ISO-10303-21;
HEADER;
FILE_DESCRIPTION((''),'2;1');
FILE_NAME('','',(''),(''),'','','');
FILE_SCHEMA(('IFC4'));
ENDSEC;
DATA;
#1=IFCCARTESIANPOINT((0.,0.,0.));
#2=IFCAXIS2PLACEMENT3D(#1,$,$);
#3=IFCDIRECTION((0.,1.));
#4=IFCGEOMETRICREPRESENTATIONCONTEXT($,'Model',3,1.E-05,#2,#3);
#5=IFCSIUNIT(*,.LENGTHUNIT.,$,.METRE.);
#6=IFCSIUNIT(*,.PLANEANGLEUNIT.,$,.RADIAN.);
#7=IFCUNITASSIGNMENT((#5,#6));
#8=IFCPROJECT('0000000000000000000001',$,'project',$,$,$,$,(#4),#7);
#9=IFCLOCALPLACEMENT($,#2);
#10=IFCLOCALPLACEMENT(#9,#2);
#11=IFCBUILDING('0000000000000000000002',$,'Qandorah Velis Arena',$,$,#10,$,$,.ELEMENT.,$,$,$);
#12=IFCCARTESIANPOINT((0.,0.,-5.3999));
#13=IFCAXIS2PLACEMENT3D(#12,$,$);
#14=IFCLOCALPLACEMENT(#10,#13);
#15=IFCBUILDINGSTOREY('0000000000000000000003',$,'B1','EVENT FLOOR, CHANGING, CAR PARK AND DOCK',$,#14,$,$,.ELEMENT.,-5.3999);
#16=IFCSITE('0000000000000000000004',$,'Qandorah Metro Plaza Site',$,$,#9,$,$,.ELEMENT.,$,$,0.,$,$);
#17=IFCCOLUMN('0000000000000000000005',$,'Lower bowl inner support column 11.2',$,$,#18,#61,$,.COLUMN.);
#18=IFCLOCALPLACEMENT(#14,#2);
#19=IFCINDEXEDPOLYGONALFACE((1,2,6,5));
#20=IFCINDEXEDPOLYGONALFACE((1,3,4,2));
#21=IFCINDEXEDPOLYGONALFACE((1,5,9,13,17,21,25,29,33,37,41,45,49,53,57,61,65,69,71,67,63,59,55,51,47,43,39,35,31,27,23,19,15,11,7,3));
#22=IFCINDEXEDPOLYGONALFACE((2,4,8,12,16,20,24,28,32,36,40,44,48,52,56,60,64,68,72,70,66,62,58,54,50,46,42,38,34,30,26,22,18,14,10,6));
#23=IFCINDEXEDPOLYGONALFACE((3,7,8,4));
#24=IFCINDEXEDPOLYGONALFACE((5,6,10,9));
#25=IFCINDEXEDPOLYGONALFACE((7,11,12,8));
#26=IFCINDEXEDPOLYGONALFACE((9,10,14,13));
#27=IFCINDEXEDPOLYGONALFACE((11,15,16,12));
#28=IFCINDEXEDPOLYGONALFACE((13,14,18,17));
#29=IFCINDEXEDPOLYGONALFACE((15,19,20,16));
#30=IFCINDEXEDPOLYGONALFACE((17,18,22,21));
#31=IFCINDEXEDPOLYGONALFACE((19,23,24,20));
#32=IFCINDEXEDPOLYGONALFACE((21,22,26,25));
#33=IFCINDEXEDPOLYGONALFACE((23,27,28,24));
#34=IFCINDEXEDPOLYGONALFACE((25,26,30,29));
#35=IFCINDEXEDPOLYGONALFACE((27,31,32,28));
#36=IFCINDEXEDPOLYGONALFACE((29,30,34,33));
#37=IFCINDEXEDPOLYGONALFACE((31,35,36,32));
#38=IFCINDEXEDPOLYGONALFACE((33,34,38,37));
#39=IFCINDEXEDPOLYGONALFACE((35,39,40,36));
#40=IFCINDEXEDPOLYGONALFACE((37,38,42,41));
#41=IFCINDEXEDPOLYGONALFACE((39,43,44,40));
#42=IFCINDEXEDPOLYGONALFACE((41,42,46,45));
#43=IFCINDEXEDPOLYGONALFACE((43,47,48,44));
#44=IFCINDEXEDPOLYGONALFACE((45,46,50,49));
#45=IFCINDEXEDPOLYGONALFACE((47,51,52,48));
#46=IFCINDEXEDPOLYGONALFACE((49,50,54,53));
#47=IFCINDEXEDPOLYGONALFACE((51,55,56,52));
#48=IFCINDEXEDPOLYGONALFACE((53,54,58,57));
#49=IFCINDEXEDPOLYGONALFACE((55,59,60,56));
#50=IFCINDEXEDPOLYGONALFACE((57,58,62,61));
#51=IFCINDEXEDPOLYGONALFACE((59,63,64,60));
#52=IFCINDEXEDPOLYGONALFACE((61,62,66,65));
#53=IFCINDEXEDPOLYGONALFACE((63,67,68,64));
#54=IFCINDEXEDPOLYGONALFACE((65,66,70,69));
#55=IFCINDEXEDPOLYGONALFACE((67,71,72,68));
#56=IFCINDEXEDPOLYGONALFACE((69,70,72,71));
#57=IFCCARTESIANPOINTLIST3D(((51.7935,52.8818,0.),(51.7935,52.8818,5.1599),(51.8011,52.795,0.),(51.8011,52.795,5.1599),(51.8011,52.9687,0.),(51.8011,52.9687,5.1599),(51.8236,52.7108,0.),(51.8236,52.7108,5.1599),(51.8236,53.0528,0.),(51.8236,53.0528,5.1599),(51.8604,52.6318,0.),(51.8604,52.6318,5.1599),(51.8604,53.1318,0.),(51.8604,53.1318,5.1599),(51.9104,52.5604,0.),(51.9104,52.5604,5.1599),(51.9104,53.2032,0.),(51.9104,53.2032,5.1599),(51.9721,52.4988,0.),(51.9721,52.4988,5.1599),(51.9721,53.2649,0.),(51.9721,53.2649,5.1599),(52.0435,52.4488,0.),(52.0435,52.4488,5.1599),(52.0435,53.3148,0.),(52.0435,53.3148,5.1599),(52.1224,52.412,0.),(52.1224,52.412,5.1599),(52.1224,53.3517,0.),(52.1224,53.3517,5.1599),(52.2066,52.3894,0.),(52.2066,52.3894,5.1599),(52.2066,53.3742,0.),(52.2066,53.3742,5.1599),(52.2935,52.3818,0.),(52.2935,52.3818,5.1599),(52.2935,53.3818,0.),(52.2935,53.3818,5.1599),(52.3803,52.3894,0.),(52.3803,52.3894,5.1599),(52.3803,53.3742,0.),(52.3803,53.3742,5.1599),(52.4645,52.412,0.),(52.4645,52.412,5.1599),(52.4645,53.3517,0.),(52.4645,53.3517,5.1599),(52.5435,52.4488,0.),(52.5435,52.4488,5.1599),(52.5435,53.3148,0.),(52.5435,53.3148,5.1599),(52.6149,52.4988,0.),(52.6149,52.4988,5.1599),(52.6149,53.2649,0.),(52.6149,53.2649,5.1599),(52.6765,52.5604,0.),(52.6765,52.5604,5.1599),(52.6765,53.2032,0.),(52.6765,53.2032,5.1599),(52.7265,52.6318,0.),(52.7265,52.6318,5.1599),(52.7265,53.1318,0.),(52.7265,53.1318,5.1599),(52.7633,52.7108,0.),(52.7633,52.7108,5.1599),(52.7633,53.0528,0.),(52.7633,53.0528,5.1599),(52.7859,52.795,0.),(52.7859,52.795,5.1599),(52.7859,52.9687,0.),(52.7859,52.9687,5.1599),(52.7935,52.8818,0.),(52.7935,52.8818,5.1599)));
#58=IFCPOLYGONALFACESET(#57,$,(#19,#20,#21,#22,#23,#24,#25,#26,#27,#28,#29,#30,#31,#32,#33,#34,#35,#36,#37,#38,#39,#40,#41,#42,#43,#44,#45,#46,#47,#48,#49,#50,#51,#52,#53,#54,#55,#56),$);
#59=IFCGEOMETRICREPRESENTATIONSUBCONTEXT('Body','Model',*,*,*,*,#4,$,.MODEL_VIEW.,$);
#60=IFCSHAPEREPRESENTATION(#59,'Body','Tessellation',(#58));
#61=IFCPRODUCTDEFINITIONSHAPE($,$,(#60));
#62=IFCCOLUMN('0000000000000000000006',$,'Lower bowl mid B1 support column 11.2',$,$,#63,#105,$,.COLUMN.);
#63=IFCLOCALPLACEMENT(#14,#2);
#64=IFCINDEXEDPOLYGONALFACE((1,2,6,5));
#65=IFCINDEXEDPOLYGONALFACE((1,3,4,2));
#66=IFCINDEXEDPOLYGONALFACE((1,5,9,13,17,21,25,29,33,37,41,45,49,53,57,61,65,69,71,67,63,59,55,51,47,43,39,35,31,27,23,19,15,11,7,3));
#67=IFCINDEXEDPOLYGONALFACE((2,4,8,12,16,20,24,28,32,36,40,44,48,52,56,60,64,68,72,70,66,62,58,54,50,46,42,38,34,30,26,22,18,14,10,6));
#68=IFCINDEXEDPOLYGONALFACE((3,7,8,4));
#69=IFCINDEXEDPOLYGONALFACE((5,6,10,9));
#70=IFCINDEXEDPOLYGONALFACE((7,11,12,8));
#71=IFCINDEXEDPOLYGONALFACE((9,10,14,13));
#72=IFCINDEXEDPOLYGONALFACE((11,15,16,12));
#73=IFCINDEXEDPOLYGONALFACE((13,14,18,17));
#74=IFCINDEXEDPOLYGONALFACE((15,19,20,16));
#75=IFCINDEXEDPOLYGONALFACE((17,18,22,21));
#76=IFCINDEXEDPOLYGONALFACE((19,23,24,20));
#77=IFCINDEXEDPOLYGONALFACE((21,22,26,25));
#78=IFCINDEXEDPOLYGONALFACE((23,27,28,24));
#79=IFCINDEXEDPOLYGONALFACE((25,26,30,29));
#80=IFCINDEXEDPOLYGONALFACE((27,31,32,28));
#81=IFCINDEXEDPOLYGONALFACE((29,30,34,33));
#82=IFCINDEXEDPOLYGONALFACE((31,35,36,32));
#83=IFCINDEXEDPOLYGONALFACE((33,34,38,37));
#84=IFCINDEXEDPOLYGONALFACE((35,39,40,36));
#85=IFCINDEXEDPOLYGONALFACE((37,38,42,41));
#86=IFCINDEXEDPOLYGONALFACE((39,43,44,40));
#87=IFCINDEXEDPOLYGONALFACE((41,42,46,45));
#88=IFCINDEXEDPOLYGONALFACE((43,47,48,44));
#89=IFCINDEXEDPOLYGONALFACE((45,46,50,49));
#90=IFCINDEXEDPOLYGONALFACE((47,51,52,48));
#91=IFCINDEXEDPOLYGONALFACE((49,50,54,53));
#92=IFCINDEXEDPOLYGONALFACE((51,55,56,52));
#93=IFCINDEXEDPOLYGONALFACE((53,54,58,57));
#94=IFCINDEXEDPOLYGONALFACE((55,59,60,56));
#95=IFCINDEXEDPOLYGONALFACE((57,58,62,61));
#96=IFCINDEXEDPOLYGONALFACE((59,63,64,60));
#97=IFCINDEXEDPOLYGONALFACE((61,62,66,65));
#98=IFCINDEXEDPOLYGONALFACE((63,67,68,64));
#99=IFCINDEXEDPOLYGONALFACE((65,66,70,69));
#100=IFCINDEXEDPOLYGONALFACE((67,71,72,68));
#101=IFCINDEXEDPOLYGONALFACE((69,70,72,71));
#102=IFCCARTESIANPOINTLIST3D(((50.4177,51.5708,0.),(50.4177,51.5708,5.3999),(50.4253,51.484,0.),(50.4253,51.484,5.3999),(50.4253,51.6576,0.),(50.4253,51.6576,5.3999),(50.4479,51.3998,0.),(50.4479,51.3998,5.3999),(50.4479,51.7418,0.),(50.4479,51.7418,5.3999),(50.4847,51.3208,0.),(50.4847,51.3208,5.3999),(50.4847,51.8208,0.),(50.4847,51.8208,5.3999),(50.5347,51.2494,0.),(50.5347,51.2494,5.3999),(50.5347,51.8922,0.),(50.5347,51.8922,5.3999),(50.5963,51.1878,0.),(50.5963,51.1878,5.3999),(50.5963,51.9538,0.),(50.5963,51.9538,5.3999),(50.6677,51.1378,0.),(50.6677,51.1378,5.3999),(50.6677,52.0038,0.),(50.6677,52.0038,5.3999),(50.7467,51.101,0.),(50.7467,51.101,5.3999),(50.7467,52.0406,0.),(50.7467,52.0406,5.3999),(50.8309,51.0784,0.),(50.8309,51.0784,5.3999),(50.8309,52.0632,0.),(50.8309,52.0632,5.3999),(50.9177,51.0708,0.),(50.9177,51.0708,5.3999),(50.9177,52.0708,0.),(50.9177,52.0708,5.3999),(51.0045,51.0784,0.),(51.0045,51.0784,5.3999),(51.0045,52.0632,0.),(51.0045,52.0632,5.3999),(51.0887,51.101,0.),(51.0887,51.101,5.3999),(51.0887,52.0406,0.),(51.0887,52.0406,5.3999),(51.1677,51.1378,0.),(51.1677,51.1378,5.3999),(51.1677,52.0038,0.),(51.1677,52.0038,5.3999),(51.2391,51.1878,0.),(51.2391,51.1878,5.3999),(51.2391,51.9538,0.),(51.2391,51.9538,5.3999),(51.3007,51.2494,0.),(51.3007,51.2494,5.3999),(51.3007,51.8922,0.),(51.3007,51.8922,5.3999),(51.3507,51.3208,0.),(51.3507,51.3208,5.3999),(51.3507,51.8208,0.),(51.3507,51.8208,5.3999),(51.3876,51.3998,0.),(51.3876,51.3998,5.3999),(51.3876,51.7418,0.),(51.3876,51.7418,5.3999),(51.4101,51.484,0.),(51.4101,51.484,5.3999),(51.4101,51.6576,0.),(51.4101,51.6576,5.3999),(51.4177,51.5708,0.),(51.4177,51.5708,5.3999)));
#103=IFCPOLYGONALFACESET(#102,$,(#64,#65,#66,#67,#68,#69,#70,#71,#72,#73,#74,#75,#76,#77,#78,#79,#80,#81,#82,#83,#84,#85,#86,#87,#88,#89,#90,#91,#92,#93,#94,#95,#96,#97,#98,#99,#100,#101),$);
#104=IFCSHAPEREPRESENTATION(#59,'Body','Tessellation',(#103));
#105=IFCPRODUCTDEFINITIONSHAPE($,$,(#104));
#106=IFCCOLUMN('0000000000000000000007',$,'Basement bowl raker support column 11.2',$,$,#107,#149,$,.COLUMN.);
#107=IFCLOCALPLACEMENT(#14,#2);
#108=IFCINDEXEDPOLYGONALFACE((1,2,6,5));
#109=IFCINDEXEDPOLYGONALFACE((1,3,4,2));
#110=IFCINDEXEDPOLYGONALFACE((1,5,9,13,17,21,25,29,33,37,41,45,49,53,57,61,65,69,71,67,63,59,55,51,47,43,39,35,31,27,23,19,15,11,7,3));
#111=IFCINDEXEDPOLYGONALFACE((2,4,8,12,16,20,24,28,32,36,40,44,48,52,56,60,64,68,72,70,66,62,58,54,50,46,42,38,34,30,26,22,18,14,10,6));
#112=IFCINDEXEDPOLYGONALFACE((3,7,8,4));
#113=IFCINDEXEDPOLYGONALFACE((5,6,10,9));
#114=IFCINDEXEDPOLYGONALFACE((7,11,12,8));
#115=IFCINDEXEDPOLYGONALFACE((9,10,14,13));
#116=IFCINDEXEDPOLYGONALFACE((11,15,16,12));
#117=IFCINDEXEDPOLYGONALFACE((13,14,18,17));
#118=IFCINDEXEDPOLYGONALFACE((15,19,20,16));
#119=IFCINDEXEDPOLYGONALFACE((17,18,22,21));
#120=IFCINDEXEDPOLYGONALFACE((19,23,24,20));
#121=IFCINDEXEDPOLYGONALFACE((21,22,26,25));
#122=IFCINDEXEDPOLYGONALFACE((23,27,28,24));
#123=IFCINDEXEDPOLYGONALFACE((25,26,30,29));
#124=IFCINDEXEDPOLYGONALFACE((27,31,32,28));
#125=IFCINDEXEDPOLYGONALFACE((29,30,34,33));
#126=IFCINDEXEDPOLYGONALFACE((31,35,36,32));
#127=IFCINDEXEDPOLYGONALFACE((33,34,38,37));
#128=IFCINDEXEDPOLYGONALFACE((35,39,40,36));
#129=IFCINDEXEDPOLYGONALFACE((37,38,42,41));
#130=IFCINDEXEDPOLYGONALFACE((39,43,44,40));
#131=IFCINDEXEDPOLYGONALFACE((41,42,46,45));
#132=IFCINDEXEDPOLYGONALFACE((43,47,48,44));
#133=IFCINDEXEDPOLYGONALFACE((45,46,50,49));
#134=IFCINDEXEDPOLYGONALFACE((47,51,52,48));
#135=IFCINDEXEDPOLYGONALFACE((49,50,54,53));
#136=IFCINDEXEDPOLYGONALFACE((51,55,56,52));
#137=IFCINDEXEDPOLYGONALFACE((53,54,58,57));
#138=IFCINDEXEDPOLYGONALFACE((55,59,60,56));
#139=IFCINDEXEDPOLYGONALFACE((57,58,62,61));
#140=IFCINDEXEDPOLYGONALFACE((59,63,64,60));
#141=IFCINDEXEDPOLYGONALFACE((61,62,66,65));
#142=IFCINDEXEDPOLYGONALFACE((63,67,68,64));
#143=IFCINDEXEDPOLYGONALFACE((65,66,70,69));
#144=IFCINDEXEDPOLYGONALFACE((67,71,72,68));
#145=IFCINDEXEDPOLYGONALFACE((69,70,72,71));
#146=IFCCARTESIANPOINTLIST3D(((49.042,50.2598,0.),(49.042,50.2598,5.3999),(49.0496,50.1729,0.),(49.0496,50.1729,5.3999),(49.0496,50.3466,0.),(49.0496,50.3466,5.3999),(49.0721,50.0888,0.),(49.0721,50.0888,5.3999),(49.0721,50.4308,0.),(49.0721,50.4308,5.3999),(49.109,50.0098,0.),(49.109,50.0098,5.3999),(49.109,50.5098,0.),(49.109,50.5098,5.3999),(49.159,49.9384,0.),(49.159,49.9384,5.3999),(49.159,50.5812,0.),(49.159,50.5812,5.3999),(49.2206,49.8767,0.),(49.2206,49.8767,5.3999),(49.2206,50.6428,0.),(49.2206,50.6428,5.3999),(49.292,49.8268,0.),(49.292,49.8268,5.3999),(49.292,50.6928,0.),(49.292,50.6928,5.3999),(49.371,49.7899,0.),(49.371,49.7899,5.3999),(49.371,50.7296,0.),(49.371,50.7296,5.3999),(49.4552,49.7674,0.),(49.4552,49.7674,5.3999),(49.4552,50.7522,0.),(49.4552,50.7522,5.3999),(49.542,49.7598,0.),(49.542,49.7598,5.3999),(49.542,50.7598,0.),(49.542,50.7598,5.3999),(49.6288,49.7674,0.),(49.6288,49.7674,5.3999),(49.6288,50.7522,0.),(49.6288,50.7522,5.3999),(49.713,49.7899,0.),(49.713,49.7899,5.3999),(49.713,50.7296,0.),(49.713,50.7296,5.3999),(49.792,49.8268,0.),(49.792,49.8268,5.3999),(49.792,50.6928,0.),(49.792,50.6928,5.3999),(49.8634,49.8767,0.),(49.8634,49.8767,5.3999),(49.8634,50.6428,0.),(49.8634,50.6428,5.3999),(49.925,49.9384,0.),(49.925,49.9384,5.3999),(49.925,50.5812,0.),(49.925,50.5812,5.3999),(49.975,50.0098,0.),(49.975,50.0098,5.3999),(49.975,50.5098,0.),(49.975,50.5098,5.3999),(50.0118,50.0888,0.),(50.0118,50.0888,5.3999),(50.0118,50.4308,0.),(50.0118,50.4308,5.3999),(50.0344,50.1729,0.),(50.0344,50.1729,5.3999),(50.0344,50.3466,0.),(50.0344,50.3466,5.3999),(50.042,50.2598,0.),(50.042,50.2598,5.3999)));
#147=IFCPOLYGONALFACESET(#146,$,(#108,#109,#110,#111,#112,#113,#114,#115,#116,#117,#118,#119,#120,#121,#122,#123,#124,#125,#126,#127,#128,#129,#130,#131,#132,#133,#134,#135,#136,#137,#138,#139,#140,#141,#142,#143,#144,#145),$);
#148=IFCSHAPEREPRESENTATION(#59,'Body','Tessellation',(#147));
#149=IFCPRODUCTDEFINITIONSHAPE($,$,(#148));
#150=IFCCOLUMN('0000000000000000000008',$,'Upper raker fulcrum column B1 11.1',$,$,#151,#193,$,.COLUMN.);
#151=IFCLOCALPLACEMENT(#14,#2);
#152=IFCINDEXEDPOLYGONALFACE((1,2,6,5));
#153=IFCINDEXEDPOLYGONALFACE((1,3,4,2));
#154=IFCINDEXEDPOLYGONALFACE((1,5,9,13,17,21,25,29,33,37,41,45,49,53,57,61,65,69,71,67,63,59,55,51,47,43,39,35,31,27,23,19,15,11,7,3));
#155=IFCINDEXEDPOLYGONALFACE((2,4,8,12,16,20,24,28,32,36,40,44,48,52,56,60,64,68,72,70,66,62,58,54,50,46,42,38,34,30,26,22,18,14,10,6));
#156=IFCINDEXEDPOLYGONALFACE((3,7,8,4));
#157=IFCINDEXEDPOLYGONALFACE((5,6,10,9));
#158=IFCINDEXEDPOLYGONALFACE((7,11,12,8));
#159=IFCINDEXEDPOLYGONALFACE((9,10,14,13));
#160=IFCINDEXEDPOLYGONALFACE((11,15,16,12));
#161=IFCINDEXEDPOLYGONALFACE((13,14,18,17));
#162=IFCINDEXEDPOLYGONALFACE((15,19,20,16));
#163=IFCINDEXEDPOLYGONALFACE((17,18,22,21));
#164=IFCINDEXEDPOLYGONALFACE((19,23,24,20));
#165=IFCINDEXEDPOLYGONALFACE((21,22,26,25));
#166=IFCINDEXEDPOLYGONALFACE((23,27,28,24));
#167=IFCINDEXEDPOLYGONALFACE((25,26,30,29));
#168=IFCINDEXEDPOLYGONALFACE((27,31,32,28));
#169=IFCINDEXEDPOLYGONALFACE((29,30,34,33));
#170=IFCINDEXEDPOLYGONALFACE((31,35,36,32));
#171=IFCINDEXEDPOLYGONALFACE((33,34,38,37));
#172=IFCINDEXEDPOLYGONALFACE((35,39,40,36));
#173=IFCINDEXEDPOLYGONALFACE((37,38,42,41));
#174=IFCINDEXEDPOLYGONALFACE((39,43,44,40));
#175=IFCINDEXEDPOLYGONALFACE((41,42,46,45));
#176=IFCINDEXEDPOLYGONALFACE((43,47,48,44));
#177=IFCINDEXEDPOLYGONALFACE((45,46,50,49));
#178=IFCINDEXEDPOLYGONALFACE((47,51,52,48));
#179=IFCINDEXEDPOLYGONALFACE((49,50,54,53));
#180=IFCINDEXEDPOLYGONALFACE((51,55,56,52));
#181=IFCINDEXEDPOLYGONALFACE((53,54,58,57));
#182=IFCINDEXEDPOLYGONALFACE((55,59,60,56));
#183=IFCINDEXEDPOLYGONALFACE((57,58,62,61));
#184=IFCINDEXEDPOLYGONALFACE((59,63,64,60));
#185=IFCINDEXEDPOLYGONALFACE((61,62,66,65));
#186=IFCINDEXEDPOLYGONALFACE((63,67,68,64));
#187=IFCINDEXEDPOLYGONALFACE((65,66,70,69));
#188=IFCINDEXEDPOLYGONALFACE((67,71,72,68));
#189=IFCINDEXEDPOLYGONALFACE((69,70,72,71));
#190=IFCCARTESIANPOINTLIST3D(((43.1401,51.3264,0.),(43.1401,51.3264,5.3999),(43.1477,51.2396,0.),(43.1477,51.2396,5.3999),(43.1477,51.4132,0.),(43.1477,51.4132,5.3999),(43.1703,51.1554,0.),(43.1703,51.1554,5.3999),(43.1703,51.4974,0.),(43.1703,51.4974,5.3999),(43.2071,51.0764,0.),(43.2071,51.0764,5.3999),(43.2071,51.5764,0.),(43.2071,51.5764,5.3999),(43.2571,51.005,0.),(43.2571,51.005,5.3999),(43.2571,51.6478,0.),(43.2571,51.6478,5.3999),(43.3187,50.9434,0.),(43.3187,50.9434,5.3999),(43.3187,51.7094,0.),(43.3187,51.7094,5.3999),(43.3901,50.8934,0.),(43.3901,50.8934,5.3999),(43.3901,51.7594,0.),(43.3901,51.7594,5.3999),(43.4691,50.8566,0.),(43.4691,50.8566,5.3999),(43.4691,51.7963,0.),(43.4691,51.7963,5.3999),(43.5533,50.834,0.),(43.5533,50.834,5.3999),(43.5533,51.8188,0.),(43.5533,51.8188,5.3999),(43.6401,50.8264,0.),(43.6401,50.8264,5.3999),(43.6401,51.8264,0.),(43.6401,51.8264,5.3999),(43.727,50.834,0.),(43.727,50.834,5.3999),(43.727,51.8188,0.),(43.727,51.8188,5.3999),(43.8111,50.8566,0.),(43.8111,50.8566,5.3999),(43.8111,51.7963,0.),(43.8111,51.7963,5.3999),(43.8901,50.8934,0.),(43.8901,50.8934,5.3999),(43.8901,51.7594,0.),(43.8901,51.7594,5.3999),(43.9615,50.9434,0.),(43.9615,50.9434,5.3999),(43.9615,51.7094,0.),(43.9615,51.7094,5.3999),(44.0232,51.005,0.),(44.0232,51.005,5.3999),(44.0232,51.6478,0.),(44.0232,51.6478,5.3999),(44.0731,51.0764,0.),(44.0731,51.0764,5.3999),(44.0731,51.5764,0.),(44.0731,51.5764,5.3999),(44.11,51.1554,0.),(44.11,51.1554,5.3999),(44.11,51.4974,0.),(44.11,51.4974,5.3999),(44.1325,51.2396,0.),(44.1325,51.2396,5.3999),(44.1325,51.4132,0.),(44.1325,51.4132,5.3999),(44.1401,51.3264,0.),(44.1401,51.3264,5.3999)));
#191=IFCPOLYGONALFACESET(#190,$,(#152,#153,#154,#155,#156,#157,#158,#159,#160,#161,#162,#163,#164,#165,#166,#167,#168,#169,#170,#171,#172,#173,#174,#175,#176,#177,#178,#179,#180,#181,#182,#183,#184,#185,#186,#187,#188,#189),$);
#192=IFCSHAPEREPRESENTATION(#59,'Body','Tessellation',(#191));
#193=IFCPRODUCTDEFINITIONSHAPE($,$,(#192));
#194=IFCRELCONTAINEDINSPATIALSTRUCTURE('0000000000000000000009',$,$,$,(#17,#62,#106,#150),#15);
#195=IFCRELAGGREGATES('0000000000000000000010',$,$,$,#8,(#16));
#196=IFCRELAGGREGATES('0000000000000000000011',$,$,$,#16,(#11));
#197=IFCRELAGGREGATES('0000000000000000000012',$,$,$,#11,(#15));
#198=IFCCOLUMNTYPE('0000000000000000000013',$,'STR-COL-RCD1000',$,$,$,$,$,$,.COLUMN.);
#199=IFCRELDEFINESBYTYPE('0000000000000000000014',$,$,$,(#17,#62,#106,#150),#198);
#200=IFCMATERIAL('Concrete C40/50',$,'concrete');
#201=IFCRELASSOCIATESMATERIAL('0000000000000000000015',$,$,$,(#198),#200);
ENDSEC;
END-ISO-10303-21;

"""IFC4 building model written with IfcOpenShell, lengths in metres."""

from ifc_helpers import new_model, si_unit, direction, frame, origin, origin_2d, place, context, subcontext, project, spatial, circle, extrude, material, material_profile, profile_set, type_object, element, save


model = new_model("IFC4")

# Units and contexts
model_context = context("Model", 3, precision=1e-05, world=origin(), true_north=direction((0.0, 1.0)))
body_context = subcontext(model_context, "Body", "Model", "MODEL_VIEW")
ifc_project = project(units=[si_unit("LENGTHUNIT", "METRE"), si_unit("PLANEANGLEUNIT", "RADIAN")], contexts=[model_context])

# Site, building, storey
site_placement = place(None, origin())
site = spatial("IfcSite", under=ifc_project, at=site_placement, Name="Qandorah Metro Plaza Site", CompositionType="ELEMENT", RefElevation=0.0)
building_placement = place(site_placement, origin())
building = spatial("IfcBuilding", under=site, at=building_placement, Name="Qandorah Velis Arena", CompositionType="ELEMENT")
storey_placement = place(building_placement, frame((0.0, 0.0, -5.3999)))
storey = spatial("IfcBuildingStorey", under=building, at=storey_placement, Name="B1", Description="EVENT FLOOR, CHANGING, CAR PARK AND DOCK", CompositionType="ELEMENT", Elevation=-5.3999)

# Shared definitions
ifc_material_1 = material(Name="Concrete C40/50", Category="concrete")

# Columns
ifc_material_profile_1 = material_profile(ifc_material_1, circle(Radius=0.5, at=origin_2d()), Name="RC D1000")
ifc_profile_set_1 = profile_set([ifc_material_profile_1], Name="Concrete C40/50")
column_type_1 = type_object("IfcColumnType", Name="STR-COL-RCD1000", PredefinedType="COLUMN", material=ifc_profile_set_1)
column_1_placement = place(storey_placement, frame((52.2935, 52.8818, 0.0), z_axis=(0.0, 0.0, 1.0), x_axis=(1.0, 0.0, 0.0)))
element("IfcColumn", 1, at=column_1_placement, inside=storey, type_object=column_type_1, Name="Lower bowl inner support column 11.2", PredefinedType="COLUMN", context=body_context, shape_type="SweptSolid", body=[
    extrude(circle(Radius=0.5, at=origin_2d()), origin(), (0.0, 0.0, 1.0), 5.1599),
])
for number, where, z_axis, x_axis, name in (
    (2, (50.9177, 51.5708, 0.0), (0.0, 0.0, 1.0), (1.0, 0.0, 0.0), "Lower bowl mid B1 support column 11.2"),
    (3, (49.542, 50.2598, 0.0), (0.0, 0.0, 1.0), (1.0, 0.0, 0.0), "Basement bowl raker support column 11.2"),
    (4, (43.6401, 51.3264, 0.0), (0.0, 0.0, 1.0), (1.0, 0.0, 0.0), "Upper raker fulcrum column B1 11.1"),
):
    element("IfcColumn", number, at=place(storey_placement, frame(where, z_axis=z_axis, x_axis=x_axis)), inside=storey, type_object=column_type_1, Name=name, PredefinedType="COLUMN", context=body_context, shape_type="SweptSolid", body=[
        extrude(circle(Radius=0.5, at=origin_2d()), origin(), (0.0, 0.0, 1.0), 5.3999),
    ])

save(model, "model.ifc")
